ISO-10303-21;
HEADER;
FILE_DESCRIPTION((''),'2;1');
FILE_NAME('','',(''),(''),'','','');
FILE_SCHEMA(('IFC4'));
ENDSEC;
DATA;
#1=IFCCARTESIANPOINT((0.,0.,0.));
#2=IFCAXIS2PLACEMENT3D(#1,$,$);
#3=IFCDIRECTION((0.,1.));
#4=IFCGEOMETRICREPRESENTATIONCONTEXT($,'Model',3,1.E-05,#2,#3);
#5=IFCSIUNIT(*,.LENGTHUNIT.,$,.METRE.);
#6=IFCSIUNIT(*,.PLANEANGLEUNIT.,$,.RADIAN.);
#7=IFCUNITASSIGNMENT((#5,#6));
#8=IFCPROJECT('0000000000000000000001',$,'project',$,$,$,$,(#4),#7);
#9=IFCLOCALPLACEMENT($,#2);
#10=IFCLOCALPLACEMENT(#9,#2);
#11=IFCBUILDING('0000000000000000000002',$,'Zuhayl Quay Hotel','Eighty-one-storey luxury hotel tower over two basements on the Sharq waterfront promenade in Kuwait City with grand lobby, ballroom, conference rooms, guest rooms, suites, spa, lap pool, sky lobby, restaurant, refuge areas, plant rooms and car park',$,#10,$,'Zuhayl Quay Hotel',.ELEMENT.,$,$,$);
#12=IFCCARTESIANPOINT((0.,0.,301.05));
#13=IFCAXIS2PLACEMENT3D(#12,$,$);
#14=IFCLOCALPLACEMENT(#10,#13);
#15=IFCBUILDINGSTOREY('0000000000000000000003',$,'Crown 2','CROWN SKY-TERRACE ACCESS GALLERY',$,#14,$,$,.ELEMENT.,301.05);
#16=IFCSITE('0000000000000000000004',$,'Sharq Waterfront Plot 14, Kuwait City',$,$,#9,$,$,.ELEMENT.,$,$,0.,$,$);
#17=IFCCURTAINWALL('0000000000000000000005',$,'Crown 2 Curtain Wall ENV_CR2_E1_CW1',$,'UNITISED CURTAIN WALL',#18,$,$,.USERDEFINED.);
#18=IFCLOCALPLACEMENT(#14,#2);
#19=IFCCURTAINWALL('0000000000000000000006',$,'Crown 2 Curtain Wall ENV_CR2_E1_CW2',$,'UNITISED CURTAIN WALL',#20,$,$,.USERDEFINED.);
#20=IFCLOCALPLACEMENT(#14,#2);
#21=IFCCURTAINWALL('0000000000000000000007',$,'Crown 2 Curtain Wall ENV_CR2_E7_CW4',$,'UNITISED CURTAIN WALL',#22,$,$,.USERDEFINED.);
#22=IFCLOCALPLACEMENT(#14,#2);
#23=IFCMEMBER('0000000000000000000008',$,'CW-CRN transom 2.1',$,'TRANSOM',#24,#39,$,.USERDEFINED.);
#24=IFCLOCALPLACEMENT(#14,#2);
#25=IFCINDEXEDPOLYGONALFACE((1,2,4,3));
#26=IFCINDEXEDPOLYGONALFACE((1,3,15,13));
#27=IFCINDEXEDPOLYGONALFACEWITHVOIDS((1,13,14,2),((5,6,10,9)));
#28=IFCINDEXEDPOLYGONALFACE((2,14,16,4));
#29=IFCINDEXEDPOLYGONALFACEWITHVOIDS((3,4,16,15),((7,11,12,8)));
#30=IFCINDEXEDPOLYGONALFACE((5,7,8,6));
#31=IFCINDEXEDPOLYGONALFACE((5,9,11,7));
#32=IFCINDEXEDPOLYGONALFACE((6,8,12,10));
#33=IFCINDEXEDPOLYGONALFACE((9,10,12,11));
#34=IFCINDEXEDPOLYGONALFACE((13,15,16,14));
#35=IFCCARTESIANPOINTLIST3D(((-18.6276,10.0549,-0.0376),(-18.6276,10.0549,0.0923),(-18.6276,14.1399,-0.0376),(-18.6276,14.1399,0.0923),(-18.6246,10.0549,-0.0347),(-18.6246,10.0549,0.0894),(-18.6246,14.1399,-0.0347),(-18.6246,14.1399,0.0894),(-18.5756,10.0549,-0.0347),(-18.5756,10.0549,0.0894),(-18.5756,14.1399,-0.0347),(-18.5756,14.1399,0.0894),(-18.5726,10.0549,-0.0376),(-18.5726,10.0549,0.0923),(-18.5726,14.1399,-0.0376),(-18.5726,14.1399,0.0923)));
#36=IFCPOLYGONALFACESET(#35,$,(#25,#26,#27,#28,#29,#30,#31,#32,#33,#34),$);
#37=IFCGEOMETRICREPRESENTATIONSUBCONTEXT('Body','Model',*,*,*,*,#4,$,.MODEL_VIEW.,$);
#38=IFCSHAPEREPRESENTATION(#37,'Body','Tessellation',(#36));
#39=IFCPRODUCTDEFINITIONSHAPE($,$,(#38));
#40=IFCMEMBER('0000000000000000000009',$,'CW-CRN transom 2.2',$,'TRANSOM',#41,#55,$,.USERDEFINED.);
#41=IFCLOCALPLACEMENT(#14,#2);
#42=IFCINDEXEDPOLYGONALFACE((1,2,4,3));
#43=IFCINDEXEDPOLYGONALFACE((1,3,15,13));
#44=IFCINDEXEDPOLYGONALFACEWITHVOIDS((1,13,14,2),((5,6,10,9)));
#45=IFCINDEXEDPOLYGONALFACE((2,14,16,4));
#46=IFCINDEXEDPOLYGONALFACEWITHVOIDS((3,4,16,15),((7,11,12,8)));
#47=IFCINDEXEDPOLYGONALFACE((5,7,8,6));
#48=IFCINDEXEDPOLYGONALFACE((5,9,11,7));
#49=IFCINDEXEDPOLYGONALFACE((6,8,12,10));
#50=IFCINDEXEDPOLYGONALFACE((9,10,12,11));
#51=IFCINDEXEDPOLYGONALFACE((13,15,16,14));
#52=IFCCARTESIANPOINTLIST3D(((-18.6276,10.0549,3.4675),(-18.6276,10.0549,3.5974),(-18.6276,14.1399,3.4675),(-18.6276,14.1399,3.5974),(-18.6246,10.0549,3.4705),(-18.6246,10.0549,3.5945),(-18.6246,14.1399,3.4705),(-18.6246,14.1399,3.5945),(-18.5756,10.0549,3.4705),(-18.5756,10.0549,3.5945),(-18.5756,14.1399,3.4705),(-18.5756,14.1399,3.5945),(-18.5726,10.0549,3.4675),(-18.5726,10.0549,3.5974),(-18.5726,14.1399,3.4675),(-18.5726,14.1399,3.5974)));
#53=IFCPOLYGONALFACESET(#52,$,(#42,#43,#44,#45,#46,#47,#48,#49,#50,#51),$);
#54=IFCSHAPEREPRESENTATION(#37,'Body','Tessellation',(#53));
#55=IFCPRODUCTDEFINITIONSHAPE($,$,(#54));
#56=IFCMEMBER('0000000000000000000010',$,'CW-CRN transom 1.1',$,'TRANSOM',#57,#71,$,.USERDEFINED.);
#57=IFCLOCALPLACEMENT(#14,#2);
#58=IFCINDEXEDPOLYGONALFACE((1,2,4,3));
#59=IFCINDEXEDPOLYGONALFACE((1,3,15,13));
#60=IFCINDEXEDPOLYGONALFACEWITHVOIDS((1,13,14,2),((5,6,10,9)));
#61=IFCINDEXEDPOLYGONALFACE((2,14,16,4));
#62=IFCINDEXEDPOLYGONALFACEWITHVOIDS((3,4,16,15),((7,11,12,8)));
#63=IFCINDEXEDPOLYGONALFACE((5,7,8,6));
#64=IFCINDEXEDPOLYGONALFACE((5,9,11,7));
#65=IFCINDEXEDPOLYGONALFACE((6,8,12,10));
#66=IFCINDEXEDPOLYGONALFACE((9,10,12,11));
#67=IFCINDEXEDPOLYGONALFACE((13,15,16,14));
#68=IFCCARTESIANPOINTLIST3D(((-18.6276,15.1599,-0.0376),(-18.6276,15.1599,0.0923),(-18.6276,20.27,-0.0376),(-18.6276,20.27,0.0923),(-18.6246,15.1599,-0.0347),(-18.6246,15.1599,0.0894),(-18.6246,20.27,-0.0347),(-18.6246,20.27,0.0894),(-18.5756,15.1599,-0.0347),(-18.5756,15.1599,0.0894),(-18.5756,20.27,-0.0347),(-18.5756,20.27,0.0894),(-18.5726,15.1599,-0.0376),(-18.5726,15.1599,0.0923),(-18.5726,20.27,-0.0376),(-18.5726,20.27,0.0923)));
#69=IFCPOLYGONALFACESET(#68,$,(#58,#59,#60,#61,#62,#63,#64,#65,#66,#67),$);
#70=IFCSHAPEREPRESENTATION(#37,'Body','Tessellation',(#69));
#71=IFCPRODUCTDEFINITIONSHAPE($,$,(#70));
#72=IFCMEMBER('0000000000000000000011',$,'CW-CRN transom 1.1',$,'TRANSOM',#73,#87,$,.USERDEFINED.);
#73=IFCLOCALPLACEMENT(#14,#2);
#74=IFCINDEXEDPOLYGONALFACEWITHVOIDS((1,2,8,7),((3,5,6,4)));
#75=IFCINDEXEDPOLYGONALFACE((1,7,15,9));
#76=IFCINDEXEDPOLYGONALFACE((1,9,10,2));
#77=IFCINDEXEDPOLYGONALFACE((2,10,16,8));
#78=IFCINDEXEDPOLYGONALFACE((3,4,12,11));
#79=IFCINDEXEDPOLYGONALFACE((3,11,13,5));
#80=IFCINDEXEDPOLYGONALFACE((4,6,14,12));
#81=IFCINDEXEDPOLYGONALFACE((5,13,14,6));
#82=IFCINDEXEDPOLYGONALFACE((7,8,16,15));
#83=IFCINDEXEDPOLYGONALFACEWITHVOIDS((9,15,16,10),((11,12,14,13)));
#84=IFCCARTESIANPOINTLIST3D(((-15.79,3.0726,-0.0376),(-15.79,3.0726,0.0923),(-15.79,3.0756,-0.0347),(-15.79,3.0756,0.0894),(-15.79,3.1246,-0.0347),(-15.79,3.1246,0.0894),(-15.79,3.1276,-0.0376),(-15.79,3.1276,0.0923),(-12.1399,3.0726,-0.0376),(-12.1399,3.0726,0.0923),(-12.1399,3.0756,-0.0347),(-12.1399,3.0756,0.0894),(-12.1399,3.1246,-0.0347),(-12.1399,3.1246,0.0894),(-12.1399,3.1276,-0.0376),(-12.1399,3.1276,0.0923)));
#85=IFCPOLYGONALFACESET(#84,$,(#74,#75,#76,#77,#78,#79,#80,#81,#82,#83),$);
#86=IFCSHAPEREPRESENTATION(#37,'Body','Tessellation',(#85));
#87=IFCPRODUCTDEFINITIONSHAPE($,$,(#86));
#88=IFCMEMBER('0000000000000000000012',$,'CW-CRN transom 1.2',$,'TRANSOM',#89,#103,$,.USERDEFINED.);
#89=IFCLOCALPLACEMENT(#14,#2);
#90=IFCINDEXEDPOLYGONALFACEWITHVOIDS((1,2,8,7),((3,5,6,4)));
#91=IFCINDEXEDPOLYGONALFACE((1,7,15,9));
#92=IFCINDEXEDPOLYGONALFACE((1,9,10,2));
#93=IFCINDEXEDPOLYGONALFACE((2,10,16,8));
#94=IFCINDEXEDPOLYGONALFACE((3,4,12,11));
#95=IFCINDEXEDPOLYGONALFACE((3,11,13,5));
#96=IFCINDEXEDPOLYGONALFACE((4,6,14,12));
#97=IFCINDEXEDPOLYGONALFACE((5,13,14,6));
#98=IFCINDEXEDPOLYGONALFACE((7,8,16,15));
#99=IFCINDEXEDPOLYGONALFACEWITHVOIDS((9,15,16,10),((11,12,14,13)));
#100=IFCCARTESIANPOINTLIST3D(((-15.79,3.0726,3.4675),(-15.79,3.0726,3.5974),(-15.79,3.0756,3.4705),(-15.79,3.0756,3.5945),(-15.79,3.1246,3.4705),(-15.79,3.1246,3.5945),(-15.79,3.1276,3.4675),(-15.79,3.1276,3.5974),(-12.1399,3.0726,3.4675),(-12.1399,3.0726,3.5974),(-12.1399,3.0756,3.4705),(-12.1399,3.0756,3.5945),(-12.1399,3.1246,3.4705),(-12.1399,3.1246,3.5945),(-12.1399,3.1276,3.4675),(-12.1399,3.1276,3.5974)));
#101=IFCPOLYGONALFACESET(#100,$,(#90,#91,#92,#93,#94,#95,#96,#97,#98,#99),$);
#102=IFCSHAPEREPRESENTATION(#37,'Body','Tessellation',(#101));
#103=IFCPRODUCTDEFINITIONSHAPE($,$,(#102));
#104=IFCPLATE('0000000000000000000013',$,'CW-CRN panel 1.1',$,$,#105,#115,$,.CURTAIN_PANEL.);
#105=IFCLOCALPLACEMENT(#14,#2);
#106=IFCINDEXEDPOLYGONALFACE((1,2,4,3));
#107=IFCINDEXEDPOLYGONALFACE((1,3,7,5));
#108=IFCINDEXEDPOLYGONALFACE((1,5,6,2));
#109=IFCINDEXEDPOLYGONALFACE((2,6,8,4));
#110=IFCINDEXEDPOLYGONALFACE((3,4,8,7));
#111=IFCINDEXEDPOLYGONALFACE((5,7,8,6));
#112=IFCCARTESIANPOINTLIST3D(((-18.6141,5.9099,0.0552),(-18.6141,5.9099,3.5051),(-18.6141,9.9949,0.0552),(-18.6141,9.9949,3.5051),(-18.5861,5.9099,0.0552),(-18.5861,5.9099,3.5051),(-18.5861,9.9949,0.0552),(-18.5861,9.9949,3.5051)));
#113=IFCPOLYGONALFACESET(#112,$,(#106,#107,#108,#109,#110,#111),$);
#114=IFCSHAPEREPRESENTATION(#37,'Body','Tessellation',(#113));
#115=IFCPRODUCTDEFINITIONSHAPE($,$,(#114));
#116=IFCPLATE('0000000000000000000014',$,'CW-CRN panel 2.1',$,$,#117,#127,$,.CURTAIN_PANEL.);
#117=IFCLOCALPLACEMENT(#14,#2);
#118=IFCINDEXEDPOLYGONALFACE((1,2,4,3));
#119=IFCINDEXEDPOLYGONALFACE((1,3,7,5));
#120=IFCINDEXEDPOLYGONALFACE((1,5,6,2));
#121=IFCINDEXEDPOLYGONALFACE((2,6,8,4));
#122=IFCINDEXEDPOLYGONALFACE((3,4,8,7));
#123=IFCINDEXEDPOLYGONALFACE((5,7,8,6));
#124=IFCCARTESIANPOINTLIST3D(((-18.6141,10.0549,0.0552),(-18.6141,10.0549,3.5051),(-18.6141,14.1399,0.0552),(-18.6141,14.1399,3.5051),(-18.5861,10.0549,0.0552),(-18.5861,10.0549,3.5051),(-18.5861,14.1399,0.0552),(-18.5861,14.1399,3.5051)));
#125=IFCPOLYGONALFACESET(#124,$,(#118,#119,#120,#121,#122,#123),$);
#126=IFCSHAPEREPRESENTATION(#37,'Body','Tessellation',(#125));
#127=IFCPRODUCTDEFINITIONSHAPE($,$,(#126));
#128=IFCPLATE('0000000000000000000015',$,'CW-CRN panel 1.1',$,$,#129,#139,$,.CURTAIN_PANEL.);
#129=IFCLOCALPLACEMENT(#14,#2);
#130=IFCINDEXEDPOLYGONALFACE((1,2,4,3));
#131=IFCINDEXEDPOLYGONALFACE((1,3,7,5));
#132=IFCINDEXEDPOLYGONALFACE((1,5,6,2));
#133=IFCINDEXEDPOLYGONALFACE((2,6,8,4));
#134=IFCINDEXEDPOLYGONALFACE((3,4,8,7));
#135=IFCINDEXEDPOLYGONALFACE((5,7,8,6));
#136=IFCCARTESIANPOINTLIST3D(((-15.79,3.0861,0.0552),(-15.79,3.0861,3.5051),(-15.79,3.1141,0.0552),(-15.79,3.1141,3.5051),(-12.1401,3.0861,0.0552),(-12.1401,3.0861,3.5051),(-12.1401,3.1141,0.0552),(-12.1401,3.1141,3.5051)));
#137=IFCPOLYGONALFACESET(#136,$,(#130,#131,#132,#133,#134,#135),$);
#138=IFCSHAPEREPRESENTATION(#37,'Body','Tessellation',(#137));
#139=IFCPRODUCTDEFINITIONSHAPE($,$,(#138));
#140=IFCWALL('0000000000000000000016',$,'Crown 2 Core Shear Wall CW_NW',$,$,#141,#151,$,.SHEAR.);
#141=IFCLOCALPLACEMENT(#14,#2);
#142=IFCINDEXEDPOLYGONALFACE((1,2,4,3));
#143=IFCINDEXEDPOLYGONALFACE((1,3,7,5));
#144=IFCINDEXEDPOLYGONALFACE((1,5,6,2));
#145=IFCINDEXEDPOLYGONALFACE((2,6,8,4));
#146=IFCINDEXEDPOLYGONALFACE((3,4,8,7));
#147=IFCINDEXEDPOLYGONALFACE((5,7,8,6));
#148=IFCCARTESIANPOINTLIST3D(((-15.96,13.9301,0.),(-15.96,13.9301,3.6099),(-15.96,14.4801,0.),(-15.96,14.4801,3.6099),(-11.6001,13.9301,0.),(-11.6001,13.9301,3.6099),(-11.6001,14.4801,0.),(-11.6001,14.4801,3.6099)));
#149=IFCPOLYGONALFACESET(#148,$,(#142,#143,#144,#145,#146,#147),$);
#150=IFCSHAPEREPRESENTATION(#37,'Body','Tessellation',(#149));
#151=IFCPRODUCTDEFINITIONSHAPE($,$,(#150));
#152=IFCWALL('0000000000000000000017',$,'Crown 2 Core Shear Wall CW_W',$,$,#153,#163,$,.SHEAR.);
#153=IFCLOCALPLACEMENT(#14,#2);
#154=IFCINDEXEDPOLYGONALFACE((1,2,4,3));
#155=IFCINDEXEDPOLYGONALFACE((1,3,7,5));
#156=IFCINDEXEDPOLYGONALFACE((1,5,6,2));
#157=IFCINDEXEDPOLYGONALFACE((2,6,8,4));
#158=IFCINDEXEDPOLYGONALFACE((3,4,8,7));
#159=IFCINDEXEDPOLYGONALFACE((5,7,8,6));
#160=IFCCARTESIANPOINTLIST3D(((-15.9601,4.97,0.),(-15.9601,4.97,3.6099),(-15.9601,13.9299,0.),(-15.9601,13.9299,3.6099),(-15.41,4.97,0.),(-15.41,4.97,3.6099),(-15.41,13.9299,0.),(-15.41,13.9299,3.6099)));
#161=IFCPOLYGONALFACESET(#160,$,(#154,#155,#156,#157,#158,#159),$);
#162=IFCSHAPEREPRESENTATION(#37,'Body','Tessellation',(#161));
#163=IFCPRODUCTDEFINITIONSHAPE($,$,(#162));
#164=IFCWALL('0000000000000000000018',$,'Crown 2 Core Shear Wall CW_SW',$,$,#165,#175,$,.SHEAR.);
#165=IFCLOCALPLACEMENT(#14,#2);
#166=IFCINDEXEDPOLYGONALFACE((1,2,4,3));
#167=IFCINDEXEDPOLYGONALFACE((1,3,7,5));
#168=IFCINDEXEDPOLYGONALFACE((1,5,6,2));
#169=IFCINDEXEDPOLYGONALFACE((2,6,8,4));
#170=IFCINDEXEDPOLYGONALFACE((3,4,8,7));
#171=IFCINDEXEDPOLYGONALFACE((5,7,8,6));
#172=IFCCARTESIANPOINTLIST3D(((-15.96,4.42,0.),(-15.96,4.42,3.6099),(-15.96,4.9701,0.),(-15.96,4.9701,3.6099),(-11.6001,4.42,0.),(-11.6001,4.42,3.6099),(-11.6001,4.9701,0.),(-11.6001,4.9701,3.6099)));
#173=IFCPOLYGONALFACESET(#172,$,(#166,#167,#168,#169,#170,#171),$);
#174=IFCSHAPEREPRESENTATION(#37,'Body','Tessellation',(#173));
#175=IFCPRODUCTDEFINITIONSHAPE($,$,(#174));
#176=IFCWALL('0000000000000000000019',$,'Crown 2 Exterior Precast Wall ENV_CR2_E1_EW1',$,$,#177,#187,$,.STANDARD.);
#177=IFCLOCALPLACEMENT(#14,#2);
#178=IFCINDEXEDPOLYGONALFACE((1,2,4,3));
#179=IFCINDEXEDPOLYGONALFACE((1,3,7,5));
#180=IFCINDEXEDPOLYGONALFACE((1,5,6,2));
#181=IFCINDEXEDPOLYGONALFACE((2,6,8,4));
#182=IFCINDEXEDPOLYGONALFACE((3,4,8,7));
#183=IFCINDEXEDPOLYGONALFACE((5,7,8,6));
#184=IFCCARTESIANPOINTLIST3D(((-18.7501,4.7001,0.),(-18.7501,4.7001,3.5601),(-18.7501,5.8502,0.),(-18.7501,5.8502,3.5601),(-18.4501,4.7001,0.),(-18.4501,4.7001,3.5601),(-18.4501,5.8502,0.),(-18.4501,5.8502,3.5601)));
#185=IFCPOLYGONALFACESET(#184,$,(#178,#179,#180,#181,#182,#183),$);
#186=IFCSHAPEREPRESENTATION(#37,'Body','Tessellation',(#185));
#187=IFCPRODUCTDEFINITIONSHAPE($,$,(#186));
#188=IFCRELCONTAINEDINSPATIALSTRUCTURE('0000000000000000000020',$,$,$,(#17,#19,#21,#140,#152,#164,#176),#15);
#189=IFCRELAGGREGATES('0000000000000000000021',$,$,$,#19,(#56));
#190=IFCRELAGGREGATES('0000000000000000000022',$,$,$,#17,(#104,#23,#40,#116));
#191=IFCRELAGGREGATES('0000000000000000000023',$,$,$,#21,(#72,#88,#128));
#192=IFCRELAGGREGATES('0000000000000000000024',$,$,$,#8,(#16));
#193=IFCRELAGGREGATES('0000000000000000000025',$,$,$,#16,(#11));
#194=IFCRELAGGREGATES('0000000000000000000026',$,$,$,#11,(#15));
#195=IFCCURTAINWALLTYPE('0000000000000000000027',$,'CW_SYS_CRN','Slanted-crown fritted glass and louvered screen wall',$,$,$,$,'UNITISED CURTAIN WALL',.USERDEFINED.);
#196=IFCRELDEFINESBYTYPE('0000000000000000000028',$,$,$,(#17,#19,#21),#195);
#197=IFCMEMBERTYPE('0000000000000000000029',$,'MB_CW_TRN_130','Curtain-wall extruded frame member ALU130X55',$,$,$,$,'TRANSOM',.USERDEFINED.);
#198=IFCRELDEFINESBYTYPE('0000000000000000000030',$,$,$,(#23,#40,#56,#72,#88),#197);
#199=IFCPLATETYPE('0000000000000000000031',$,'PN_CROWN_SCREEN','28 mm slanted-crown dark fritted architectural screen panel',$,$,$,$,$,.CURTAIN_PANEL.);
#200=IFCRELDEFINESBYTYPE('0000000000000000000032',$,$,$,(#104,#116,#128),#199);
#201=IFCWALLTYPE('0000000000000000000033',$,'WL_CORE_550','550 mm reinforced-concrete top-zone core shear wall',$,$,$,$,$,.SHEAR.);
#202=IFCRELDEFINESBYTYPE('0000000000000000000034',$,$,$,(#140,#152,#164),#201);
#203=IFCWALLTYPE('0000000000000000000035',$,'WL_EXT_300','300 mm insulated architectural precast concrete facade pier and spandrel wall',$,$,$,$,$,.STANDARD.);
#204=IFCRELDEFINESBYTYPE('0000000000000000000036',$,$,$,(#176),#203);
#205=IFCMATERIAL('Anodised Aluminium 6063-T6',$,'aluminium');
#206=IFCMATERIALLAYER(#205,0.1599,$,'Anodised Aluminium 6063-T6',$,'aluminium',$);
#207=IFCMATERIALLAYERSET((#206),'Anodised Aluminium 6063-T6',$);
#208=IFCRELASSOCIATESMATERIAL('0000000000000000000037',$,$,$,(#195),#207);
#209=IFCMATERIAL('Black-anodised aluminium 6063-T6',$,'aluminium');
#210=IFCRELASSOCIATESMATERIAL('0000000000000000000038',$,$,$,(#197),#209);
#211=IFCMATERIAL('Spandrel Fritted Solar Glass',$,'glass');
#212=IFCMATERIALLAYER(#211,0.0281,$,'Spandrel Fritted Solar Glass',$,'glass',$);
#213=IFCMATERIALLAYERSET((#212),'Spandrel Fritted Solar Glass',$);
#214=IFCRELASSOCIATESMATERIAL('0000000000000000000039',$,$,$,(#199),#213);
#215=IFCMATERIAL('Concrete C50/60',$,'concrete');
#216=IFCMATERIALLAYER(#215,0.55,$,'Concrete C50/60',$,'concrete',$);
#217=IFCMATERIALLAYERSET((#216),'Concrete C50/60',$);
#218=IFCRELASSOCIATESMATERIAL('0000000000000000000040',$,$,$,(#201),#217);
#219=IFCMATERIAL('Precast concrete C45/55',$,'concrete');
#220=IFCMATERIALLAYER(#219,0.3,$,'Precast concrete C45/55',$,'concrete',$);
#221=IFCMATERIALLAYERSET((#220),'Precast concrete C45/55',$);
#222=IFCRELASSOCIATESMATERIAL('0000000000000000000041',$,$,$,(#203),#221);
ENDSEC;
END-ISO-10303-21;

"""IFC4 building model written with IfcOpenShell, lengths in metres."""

from ifc_helpers import new_model, si_unit, direction, frame, frame_2d, origin, origin_2d, place, context, subcontext, project, spatial, rectangle, hollow_rectangle, extrude, material, layer, layer_set, material_profile, profile_set, type_object, element, aggregate, save


model = new_model("IFC4")

# Units and contexts
model_context = context("Model", 3, precision=1e-05, world=origin(), true_north=direction((0.0, 1.0)))
body_context = subcontext(model_context, "Body", "Model", "MODEL_VIEW")
ifc_project = project(units=[si_unit("LENGTHUNIT", "METRE"), si_unit("PLANEANGLEUNIT", "RADIAN")], contexts=[model_context])

# Site, building, storey
site_placement = place(None, origin())
site = spatial("IfcSite", under=ifc_project, at=site_placement, Name="Sharq Waterfront Plot 14, Kuwait City", CompositionType="ELEMENT", RefElevation=0.0)
building_placement = place(site_placement, origin())
building = spatial("IfcBuilding", under=site, at=building_placement, Name="Zuhayl Quay Hotel", Description="Eighty-one-storey luxury hotel tower over two basements on the Sharq waterfront promenade in Kuwait City with grand lobby, ballroom, conference rooms, guest rooms, suites, spa, lap pool, sky lobby, restaurant, refuge areas, plant rooms and car park", LongName="Zuhayl Quay Hotel", CompositionType="ELEMENT")
storey_placement = place(building_placement, frame((0.0, 0.0, 301.05)))
storey = spatial("IfcBuildingStorey", under=building, at=storey_placement, Name="Crown 2", Description="CROWN SKY-TERRACE ACCESS GALLERY", CompositionType="ELEMENT", Elevation=301.05)

# Curtain wall
ifc_material_1 = material(Name="Anodised Aluminium 6063-T6", Category="aluminium")
ifc_layer_1 = layer(ifc_material_1, 0.1599, Name="Anodised Aluminium 6063-T6", Category="aluminium")
ifc_layer_set_1 = layer_set([ifc_layer_1], Name="Anodised Aluminium 6063-T6")
curtain_wall_type = type_object("IfcCurtainWallType", Name="CW_SYS_CRN", Description="Slanted-crown fritted glass and louvered screen wall", ElementType="UNITISED CURTAIN WALL", PredefinedType="USERDEFINED", material=ifc_layer_set_1)
curtain_wall_1_placement = place(storey_placement, origin())
curtain_wall_1 = element("IfcCurtainWall", 1, at=curtain_wall_1_placement, inside=storey, type_object=curtain_wall_type, Name="Crown 2 Curtain Wall ENV_CR2_E1_CW1", ObjectType="UNITISED CURTAIN WALL", PredefinedType="USERDEFINED")
ifc_material_2 = material(Name="Black-anodised aluminium 6063-T6", Category="aluminium")

# Curtain wall
curtain_wall_2_placement = place(storey_placement, origin())
curtain_wall_2 = element("IfcCurtainWall", 2, at=curtain_wall_2_placement, inside=storey, type_object=curtain_wall_type, Name="Crown 2 Curtain Wall ENV_CR2_E1_CW2", ObjectType="UNITISED CURTAIN WALL", PredefinedType="USERDEFINED")

# Curtain wall
curtain_wall_3_placement = place(storey_placement, origin())
curtain_wall_3 = element("IfcCurtainWall", 3, at=curtain_wall_3_placement, inside=storey, type_object=curtain_wall_type, Name="Crown 2 Curtain Wall ENV_CR2_E7_CW4", ObjectType="UNITISED CURTAIN WALL", PredefinedType="USERDEFINED")

# Members
ifc_material_profile_1 = material_profile(ifc_material_2, hollow_rectangle(XDim=0.0549, YDim=0.1299, WallThickness=0.0029, at=origin_2d()), Name="ALU130X55")
ifc_profile_set_1 = profile_set([ifc_material_profile_1], Name="Black-anodised aluminium 6063-T6")
member_type_1 = type_object("IfcMemberType", Name="MB_CW_TRN_130", Description="Curtain-wall extruded frame member ALU130X55", ElementType="TRANSOM", PredefinedType="USERDEFINED", material=ifc_profile_set_1)
member_1_placement = place(storey_placement, frame((-18.6001, 10.0549, 0.0273), z_axis=(0.0, 1.0, 0.0), x_axis=(-1.0, 0.0, 0.0)))
member_1 = element("IfcMember", 4, at=member_1_placement, type_object=member_type_1, Name="CW-CRN transom 2.1", ObjectType="TRANSOM", PredefinedType="USERDEFINED", context=body_context, shape_type="SweptSolid", body=[
    extrude(hollow_rectangle(XDim=0.0549, YDim=0.1299, WallThickness=0.0029, at=origin_2d()), origin(), (0.0, 0.0, 1.0), 4.085),
])
member_2_placement = place(storey_placement, frame((-18.6001, 10.0549, 3.5325), z_axis=(0.0, 1.0, 0.0), x_axis=(-1.0, 0.0, 0.0)))
member_2 = element("IfcMember", 5, at=member_2_placement, type_object=member_type_1, Name="CW-CRN transom 2.2", ObjectType="TRANSOM", PredefinedType="USERDEFINED", context=body_context, shape_type="SweptSolid", body=[
    extrude(hollow_rectangle(XDim=0.0549, YDim=0.1299, WallThickness=0.0029, at=origin_2d()), origin(), (0.0, 0.0, 1.0), 4.085),
])
member_3_placement = place(storey_placement, frame((-18.6001, 15.1599, 0.0273), z_axis=(0.0, 1.0, 0.0), x_axis=(-1.0, 0.0, 0.0)))
member_3 = element("IfcMember", 6, at=member_3_placement, type_object=member_type_1, Name="CW-CRN transom 1.1", ObjectType="TRANSOM", PredefinedType="USERDEFINED", context=body_context, shape_type="SweptSolid", body=[
    extrude(hollow_rectangle(XDim=0.0549, YDim=0.1299, WallThickness=0.0029, at=origin_2d()), origin(), (0.0, 0.0, 1.0), 5.1101),
])
aggregate(curtain_wall_2, [member_3])
member_4_placement = place(storey_placement, frame((-12.1399, 3.1001, 0.0273), z_axis=(-1.0, 0.0, 0.0), x_axis=(0.0, -1.0, 0.0)))
member_4 = element("IfcMember", 7, at=member_4_placement, type_object=member_type_1, Name="CW-CRN transom 1.1", ObjectType="TRANSOM", PredefinedType="USERDEFINED", context=body_context, shape_type="SweptSolid", body=[
    extrude(hollow_rectangle(XDim=0.0549, YDim=0.1299, WallThickness=0.0029, at=origin_2d()), origin(), (0.0, 0.0, 1.0), 3.6501),
])
member_5_placement = place(storey_placement, frame((-12.1399, 3.1001, 3.5325), z_axis=(-1.0, 0.0, 0.0), x_axis=(0.0, -1.0, 0.0)))
member_5 = element("IfcMember", 8, at=member_5_placement, type_object=member_type_1, Name="CW-CRN transom 1.2", ObjectType="TRANSOM", PredefinedType="USERDEFINED", context=body_context, shape_type="SweptSolid", body=[
    extrude(hollow_rectangle(XDim=0.0549, YDim=0.1299, WallThickness=0.0029, at=origin_2d()), origin(), (0.0, 0.0, 1.0), 3.6501),
])

# Plates
ifc_material_3 = material(Name="Spandrel Fritted Solar Glass", Category="glass")
ifc_layer_2 = layer(ifc_material_3, 0.0281, Name="Spandrel Fritted Solar Glass", Category="glass")
ifc_layer_set_2 = layer_set([ifc_layer_2], Name="Spandrel Fritted Solar Glass")
plate_type = type_object("IfcPlateType", Name="PN_CROWN_SCREEN", Description="28 mm slanted-crown dark fritted architectural screen panel", PredefinedType="CURTAIN_PANEL", material=ifc_layer_set_2)
plate_1_placement = place(storey_placement, frame((-18.6001, 7.9524, 0.0552), z_axis=(0.0, 0.0, 1.0), x_axis=(0.0, 1.0, 0.0)))
plate_1 = element("IfcPlate", 9, at=plate_1_placement, type_object=plate_type, Name="CW-CRN panel 1.1", PredefinedType="CURTAIN_PANEL", context=body_context, shape_type="SweptSolid", body=[
    extrude(rectangle(XDim=4.085, YDim=0.0281, at=origin_2d()), origin(), (0.0, 0.0, 1.0), 3.45),
])
plate_2_placement = place(storey_placement, frame((-18.6001, 12.0974, 0.0552), z_axis=(0.0, 0.0, 1.0), x_axis=(0.0, 1.0, 0.0)))
plate_2 = element("IfcPlate", 10, at=plate_2_placement, type_object=plate_type, Name="CW-CRN panel 2.1", PredefinedType="CURTAIN_PANEL", context=body_context, shape_type="SweptSolid", body=[
    extrude(rectangle(XDim=4.085, YDim=0.0281, at=origin_2d()), origin(), (0.0, 0.0, 1.0), 3.45),
])
aggregate(curtain_wall_1, [plate_1, member_1, member_2, plate_2])
plate_3_placement = place(storey_placement, frame((-13.9651, 3.1001, 0.0552), z_axis=(0.0, 0.0, 1.0), x_axis=(-1.0, 0.0, 0.0)))
plate_3 = element("IfcPlate", 11, at=plate_3_placement, type_object=plate_type, Name="CW-CRN panel 1.1", PredefinedType="CURTAIN_PANEL", context=body_context, shape_type="SweptSolid", body=[
    extrude(rectangle(XDim=3.6499, YDim=0.0281, at=origin_2d()), origin(), (0.0, 0.0, 1.0), 3.45),
])
aggregate(curtain_wall_3, [member_4, member_5, plate_3])

# Walls
ifc_material_4 = material(Name="Concrete C50/60", Category="concrete")
ifc_layer_3 = layer(ifc_material_4, 0.55, Name="Concrete C50/60", Category="concrete")
ifc_layer_set_3 = layer_set([ifc_layer_3], Name="Concrete C50/60")
wall_type_1 = type_object("IfcWallType", Name="WL_CORE_550", Description="550 mm reinforced-concrete top-zone core shear wall", PredefinedType="SHEAR", material=ifc_layer_set_3)
wall_1_placement = place(storey_placement, frame((-15.96, 14.2051, 0.0), z_axis=(0.0, 0.0, 1.0), x_axis=(1.0, 0.0, 0.0)))
element("IfcWall", 12, at=wall_1_placement, inside=storey, type_object=wall_type_1, Name="Crown 2 Core Shear Wall CW_NW", PredefinedType="SHEAR", context=body_context, shape_type="SweptSolid", body=[
    extrude(rectangle(XDim=4.3599, YDim=0.55, at=frame_2d((2.1799, 0.0))), origin(), (0.0, 0.0, 1.0), 3.6099),
])
wall_2_placement = place(storey_placement, frame((-15.6851, 4.97, 0.0), z_axis=(0.0, 0.0, 1.0), x_axis=(0.0, 1.0, 0.0)))
element("IfcWall", 13, at=wall_2_placement, inside=storey, type_object=wall_type_1, Name="Crown 2 Core Shear Wall CW_W", PredefinedType="SHEAR", context=body_context, shape_type="SweptSolid", body=[
    extrude(rectangle(XDim=8.96, YDim=0.55, at=frame_2d((4.48, 0.0))), origin(), (0.0, 0.0, 1.0), 3.6099),
])
wall_3_placement = place(storey_placement, frame((-15.96, 4.6951, 0.0), z_axis=(0.0, 0.0, 1.0), x_axis=(1.0, 0.0, 0.0)))
element("IfcWall", 14, at=wall_3_placement, inside=storey, type_object=wall_type_1, Name="Crown 2 Core Shear Wall CW_SW", PredefinedType="SHEAR", context=body_context, shape_type="SweptSolid", body=[
    extrude(rectangle(XDim=4.3599, YDim=0.55, at=frame_2d((2.1799, 0.0))), origin(), (0.0, 0.0, 1.0), 3.6099),
])
ifc_material_5 = material(Name="Precast concrete C45/55", Category="concrete")
ifc_layer_4 = layer(ifc_material_5, 0.3, Name="Precast concrete C45/55", Category="concrete")
ifc_layer_set_4 = layer_set([ifc_layer_4], Name="Precast concrete C45/55")
wall_type_2 = type_object("IfcWallType", Name="WL_EXT_300", Description="300 mm insulated architectural precast concrete facade pier and spandrel wall", PredefinedType="STANDARD", material=ifc_layer_set_4)
wall_4_placement = place(storey_placement, frame((-18.6001, 4.7, 0.0), z_axis=(0.0, 0.0, 1.0), x_axis=(0.0, 1.0, 0.0)))
element("IfcWall", 15, at=wall_4_placement, inside=storey, type_object=wall_type_2, Name="Crown 2 Exterior Precast Wall ENV_CR2_E1_EW1", PredefinedType="STANDARD", context=body_context, shape_type="SweptSolid", body=[
    extrude(rectangle(XDim=1.1501, YDim=0.3, at=frame_2d((0.5752, 0.0))), origin(), (0.0, 0.0, 1.0), 3.5601),
])

save(model, "model.ifc")
